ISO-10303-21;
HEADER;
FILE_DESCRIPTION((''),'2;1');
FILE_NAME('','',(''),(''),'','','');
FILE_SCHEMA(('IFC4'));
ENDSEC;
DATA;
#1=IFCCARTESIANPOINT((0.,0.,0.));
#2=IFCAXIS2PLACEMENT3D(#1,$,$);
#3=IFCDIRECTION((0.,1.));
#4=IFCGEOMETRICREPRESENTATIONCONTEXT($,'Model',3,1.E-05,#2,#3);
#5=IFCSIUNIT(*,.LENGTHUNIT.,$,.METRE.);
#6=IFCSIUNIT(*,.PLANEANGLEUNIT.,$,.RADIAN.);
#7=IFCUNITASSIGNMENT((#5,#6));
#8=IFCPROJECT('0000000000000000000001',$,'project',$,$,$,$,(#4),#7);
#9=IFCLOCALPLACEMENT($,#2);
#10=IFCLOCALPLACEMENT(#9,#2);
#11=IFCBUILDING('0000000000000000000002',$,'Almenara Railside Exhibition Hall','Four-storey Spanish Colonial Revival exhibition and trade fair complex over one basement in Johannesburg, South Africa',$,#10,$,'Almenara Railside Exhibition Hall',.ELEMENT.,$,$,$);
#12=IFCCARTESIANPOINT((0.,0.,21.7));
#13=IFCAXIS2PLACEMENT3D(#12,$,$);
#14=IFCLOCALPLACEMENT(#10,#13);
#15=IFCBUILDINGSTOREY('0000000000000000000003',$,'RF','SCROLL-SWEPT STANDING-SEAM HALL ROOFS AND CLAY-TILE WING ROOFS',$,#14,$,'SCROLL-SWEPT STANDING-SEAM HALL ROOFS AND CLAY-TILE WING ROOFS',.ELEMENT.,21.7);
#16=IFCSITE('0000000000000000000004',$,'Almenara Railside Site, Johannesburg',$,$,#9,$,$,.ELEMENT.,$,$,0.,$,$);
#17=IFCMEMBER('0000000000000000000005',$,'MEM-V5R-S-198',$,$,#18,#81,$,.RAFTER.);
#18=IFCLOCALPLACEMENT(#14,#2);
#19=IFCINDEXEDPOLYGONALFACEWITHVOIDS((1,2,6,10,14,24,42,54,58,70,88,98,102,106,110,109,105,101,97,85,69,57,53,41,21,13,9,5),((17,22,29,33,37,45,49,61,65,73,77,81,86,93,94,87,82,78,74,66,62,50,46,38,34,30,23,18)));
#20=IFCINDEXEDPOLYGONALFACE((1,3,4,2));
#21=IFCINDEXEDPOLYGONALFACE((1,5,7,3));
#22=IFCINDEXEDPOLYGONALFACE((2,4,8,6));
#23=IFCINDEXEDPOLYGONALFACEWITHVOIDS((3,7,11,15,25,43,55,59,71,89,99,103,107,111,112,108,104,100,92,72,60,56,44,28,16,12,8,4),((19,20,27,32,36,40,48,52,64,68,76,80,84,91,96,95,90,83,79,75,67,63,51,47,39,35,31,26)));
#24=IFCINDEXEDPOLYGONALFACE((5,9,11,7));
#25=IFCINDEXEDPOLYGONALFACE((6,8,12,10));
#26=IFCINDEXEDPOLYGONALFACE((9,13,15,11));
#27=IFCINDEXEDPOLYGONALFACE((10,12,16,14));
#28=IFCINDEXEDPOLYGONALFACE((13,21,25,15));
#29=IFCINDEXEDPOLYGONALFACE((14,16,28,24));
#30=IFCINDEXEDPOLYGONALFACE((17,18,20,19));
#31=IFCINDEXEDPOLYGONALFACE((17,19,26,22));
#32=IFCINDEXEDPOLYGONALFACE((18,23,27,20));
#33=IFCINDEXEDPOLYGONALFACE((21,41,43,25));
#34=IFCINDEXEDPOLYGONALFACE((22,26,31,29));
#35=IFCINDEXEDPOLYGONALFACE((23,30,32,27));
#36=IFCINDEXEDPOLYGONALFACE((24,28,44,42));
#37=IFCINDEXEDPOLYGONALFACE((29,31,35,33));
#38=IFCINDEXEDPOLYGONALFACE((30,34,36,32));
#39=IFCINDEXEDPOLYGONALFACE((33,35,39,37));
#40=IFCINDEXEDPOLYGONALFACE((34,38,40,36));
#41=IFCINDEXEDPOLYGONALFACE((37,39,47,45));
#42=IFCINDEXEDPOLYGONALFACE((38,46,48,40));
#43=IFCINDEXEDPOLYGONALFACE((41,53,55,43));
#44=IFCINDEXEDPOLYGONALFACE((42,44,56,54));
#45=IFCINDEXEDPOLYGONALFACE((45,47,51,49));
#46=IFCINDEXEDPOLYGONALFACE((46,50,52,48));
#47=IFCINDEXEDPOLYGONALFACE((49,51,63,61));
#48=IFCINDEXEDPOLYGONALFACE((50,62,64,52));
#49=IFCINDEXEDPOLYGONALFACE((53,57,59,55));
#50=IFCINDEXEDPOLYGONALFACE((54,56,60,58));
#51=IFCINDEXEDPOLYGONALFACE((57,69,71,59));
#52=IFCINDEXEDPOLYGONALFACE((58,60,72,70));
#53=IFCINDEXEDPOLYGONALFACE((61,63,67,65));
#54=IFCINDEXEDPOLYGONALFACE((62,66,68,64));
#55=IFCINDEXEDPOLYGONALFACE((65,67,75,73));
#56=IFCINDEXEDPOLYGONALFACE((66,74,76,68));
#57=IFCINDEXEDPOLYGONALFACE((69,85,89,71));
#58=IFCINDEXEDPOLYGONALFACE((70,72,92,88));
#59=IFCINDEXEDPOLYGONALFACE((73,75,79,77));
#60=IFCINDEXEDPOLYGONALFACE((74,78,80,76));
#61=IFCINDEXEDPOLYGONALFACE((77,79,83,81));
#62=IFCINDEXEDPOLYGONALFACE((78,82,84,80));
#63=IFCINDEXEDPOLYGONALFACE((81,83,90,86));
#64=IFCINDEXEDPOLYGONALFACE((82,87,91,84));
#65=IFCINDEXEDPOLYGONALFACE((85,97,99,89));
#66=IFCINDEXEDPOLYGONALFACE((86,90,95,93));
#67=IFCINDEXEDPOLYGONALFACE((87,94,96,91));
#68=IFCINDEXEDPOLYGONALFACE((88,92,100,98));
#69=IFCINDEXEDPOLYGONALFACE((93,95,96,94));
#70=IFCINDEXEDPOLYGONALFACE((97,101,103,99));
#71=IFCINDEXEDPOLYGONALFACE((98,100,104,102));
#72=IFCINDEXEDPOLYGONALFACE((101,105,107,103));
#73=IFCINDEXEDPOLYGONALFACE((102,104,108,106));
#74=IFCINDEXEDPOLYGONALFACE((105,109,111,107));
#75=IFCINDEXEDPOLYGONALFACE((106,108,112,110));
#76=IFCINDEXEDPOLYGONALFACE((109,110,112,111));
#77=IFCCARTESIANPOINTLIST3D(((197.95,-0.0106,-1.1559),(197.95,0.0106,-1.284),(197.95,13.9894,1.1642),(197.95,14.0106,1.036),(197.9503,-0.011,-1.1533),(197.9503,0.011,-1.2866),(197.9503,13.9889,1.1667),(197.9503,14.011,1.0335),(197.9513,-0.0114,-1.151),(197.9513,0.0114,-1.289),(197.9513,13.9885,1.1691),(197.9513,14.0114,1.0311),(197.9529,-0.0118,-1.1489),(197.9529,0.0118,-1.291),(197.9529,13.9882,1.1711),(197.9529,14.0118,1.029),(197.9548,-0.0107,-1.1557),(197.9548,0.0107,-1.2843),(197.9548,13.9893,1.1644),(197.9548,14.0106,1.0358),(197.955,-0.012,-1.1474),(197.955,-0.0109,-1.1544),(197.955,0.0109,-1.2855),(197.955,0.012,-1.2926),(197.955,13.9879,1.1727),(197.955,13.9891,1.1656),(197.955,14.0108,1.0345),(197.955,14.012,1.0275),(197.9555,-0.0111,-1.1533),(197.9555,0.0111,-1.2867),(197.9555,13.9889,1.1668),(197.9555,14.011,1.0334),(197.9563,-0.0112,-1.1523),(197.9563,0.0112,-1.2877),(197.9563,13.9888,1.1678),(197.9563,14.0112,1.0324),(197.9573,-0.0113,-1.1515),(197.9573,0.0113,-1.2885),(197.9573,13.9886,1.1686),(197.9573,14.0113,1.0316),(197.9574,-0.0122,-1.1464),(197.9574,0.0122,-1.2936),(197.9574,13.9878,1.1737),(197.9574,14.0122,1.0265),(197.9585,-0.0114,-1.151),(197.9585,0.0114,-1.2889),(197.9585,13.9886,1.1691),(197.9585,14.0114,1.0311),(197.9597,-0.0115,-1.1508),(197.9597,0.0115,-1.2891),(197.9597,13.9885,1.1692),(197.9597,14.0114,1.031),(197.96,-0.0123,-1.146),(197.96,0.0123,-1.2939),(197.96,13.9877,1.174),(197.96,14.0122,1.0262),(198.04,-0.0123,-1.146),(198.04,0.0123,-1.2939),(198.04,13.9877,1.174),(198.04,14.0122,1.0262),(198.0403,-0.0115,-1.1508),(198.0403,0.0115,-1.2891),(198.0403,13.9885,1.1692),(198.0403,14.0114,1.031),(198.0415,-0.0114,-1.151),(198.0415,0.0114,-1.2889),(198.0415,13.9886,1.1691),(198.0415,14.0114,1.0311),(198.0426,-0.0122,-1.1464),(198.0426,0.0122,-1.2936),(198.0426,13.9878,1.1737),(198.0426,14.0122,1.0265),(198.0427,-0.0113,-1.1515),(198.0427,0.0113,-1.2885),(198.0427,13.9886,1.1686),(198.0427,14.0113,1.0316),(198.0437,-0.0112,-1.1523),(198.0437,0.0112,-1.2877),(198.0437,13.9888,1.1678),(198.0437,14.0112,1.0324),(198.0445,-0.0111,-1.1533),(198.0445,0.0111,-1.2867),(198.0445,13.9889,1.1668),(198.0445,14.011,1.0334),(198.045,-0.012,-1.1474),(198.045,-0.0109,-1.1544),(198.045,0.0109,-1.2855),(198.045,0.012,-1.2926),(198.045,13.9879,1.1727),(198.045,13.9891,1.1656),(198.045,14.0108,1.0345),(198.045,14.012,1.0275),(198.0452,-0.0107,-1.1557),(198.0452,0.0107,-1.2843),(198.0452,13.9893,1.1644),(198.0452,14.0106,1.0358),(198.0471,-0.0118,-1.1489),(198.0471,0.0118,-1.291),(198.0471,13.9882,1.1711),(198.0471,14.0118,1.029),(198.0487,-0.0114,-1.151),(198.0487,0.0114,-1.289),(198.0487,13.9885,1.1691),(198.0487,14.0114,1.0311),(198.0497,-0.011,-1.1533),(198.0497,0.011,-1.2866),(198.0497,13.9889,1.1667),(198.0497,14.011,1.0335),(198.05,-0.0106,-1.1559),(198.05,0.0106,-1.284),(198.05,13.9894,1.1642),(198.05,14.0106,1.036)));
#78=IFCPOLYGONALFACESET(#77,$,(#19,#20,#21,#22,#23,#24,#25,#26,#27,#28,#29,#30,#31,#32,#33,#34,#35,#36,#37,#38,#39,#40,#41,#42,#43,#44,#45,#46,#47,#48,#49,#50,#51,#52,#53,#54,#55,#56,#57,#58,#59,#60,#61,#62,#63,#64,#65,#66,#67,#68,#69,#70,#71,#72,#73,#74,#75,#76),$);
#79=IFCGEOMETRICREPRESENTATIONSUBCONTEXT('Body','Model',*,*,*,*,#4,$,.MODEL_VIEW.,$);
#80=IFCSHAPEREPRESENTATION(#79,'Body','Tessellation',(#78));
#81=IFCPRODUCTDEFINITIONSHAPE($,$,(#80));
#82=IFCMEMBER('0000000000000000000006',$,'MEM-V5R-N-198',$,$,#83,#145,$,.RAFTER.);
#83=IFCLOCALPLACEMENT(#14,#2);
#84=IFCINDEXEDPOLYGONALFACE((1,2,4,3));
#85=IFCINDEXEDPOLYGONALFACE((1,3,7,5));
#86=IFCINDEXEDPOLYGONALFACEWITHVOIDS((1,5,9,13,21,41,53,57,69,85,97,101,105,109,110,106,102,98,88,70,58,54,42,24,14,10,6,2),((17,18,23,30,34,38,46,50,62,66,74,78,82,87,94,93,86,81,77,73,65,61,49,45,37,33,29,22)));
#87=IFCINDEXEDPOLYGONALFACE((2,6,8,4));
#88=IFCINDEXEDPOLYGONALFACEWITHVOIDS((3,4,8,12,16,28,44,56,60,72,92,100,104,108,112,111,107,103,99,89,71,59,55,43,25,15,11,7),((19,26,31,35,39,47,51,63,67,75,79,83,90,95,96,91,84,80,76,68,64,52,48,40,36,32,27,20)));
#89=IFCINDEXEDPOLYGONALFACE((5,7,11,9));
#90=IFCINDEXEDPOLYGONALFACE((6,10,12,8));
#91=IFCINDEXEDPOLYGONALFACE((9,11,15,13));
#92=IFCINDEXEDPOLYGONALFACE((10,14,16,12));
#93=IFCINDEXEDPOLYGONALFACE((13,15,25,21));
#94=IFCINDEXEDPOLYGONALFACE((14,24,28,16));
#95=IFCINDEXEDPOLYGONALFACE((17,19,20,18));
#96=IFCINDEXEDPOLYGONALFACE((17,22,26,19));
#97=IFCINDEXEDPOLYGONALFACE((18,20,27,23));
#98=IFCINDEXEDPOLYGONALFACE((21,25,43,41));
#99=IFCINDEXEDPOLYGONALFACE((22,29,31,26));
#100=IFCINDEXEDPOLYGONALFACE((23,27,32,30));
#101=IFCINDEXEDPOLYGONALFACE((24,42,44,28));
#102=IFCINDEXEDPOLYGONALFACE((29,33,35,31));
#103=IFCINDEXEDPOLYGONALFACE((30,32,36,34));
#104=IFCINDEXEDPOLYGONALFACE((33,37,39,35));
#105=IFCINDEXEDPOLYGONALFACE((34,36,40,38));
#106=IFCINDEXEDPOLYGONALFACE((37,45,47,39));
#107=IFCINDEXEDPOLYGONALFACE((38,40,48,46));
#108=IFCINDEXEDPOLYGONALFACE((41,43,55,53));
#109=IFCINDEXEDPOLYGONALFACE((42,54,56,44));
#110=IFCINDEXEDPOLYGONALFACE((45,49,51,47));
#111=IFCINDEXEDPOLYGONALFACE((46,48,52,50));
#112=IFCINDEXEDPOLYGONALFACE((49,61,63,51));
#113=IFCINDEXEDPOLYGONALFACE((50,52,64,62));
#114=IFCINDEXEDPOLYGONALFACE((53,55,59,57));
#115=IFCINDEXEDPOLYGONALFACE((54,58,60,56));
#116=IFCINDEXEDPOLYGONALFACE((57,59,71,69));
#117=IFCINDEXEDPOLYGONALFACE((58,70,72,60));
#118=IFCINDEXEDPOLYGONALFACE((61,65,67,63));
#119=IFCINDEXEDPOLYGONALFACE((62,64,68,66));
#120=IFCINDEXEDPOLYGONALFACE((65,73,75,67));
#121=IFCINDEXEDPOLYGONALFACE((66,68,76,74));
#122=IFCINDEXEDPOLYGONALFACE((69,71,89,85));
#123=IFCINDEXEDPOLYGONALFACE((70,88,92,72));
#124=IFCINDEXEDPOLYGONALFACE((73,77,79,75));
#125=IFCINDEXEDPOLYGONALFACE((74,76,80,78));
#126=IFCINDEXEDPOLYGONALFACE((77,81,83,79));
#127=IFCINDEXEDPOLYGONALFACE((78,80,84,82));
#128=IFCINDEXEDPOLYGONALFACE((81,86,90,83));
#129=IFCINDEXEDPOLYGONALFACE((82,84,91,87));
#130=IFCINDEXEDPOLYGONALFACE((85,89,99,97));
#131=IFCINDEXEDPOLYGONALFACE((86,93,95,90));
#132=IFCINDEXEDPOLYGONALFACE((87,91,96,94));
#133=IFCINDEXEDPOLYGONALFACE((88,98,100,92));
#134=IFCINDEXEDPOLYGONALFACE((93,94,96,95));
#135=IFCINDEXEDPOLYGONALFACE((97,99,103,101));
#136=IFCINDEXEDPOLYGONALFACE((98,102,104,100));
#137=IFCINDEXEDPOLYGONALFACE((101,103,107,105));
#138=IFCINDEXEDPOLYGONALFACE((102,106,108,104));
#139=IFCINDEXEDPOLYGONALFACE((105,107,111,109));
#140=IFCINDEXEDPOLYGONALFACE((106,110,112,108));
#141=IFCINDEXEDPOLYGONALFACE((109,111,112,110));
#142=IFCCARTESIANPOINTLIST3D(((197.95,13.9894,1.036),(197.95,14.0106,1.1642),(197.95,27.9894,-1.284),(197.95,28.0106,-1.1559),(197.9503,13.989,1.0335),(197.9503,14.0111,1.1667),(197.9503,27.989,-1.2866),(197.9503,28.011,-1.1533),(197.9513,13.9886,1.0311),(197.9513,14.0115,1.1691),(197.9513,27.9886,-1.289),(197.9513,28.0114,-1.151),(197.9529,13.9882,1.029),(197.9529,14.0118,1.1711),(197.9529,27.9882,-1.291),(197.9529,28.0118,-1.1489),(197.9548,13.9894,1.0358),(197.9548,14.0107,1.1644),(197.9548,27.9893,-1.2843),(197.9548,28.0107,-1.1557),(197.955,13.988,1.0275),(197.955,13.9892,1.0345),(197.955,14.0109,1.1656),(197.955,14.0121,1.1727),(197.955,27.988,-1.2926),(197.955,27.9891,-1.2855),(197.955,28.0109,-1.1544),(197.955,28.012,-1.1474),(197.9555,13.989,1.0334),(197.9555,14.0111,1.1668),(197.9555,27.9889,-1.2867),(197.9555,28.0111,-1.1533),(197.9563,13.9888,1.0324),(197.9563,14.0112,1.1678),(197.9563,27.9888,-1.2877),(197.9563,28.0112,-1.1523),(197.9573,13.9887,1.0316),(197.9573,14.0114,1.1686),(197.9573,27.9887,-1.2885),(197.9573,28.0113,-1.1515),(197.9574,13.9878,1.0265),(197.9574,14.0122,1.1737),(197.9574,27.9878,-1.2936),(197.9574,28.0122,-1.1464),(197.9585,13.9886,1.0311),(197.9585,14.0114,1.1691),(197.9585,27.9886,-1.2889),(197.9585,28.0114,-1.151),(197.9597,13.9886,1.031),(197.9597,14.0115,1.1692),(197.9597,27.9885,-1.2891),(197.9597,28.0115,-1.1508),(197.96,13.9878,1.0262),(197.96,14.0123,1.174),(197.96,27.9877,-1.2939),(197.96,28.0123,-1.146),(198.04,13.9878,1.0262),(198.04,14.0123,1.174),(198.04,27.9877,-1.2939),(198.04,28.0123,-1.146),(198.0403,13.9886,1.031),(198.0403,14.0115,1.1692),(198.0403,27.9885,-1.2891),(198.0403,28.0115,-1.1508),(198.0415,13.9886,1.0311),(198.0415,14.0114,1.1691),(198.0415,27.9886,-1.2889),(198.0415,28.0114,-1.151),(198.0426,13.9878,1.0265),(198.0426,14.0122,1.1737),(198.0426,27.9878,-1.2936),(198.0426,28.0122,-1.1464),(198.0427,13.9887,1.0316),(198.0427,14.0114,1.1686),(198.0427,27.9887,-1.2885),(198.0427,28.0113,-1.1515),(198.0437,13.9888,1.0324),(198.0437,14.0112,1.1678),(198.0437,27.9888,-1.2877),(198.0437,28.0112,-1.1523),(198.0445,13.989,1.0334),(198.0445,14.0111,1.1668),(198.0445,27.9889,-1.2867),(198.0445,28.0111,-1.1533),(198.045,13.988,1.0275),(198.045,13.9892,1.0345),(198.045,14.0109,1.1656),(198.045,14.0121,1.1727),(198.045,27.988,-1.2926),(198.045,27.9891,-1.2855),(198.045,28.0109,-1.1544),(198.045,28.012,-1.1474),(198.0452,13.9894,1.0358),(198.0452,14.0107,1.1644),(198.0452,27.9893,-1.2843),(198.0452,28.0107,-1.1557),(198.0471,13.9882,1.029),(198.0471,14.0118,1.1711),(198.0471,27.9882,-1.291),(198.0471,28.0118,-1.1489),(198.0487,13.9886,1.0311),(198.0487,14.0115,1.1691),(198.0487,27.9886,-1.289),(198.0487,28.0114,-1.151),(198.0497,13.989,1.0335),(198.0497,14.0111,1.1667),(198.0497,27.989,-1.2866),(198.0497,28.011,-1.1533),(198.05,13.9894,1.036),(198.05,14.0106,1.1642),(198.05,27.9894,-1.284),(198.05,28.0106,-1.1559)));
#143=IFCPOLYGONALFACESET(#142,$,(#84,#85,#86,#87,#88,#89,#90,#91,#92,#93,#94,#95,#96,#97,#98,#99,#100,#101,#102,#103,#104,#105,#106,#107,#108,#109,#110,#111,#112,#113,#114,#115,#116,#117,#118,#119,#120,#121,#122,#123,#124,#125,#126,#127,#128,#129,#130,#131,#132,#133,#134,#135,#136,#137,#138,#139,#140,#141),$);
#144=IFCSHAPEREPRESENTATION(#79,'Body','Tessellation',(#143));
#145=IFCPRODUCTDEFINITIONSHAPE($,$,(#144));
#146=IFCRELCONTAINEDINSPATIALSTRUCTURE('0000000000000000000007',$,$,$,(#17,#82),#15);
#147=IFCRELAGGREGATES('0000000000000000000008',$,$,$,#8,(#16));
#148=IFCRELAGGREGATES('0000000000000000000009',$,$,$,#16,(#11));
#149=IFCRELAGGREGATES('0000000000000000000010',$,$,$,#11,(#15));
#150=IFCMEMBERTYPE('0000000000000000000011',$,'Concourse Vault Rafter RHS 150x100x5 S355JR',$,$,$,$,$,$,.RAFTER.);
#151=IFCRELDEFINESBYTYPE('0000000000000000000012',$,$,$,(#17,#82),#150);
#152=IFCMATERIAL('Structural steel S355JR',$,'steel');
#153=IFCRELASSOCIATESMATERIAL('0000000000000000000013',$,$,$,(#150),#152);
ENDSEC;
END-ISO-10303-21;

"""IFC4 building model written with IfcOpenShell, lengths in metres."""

from ifc_helpers import new_model, si_unit, direction, frame, origin, origin_2d, place, context, subcontext, project, spatial, hollow_rectangle, extrude, material, material_profile, profile_set, type_object, element, save


model = new_model("IFC4")

# Units and contexts
model_context = context("Model", 3, precision=1e-05, world=origin(), true_north=direction((0.0, 1.0)))
body_context = subcontext(model_context, "Body", "Model", "MODEL_VIEW")
ifc_project = project(units=[si_unit("LENGTHUNIT", "METRE"), si_unit("PLANEANGLEUNIT", "RADIAN")], contexts=[model_context])

# Site, building, storey
site_placement = place(None, origin())
site = spatial("IfcSite", under=ifc_project, at=site_placement, Name="Almenara Railside Site, Johannesburg", CompositionType="ELEMENT", RefElevation=0.0)
building_placement = place(site_placement, origin())
building = spatial("IfcBuilding", under=site, at=building_placement, Name="Almenara Railside Exhibition Hall", Description="Four-storey Spanish Colonial Revival exhibition and trade fair complex over one basement in Johannesburg, South Africa", LongName="Almenara Railside Exhibition Hall", CompositionType="ELEMENT")
storey_placement = place(building_placement, frame((0.0, 0.0, 21.7)))
storey = spatial("IfcBuildingStorey", under=building, at=storey_placement, Name="RF", Description="SCROLL-SWEPT STANDING-SEAM HALL ROOFS AND CLAY-TILE WING ROOFS", LongName="SCROLL-SWEPT STANDING-SEAM HALL ROOFS AND CLAY-TILE WING ROOFS", CompositionType="ELEMENT", Elevation=21.7)

# Members
ifc_material_1 = material(Name="Structural steel S355JR", Category="steel")
ifc_material_profile_1 = material_profile(ifc_material_1, hollow_rectangle(XDim=0.1001, YDim=0.1499, WallThickness=0.0049, InnerFilletRadius=0.0049, OuterFilletRadius=0.01, at=origin_2d()), Name="RHS 150x100x5")
ifc_profile_set_1 = profile_set([ifc_material_profile_1], Name="Structural steel S355JR")
member_type_1 = type_object("IfcMemberType", Name="Concourse Vault Rafter RHS 150x100x5 S355JR", PredefinedType="RAFTER", material=ifc_profile_set_1)
for number, where, z_axis, x_axis, name in (
    (1, (198.0, 0.0, -1.22), (0.0, 0.986545, 0.163489), (-1.0, 0.0, 0.0), "MEM-V5R-S-198"),
    (2, (198.0, 28.0, -1.22), (0.0, -0.986545, 0.163489), (1.0, 0.0, 0.0), "MEM-V5R-N-198"),
):
    element("IfcMember", number, at=place(storey_placement, frame(where, z_axis=z_axis, x_axis=x_axis)), inside=storey, type_object=member_type_1, Name=name, PredefinedType="RAFTER", context=body_context, shape_type="SweptSolid", body=[
        extrude(hollow_rectangle(XDim=0.1001, YDim=0.1499, WallThickness=0.0049, InnerFilletRadius=0.0049, OuterFilletRadius=0.01, at=origin_2d()), origin(), (0.0, 0.0, 1.0), 14.1909),
    ])

save(model, "model.ifc")
